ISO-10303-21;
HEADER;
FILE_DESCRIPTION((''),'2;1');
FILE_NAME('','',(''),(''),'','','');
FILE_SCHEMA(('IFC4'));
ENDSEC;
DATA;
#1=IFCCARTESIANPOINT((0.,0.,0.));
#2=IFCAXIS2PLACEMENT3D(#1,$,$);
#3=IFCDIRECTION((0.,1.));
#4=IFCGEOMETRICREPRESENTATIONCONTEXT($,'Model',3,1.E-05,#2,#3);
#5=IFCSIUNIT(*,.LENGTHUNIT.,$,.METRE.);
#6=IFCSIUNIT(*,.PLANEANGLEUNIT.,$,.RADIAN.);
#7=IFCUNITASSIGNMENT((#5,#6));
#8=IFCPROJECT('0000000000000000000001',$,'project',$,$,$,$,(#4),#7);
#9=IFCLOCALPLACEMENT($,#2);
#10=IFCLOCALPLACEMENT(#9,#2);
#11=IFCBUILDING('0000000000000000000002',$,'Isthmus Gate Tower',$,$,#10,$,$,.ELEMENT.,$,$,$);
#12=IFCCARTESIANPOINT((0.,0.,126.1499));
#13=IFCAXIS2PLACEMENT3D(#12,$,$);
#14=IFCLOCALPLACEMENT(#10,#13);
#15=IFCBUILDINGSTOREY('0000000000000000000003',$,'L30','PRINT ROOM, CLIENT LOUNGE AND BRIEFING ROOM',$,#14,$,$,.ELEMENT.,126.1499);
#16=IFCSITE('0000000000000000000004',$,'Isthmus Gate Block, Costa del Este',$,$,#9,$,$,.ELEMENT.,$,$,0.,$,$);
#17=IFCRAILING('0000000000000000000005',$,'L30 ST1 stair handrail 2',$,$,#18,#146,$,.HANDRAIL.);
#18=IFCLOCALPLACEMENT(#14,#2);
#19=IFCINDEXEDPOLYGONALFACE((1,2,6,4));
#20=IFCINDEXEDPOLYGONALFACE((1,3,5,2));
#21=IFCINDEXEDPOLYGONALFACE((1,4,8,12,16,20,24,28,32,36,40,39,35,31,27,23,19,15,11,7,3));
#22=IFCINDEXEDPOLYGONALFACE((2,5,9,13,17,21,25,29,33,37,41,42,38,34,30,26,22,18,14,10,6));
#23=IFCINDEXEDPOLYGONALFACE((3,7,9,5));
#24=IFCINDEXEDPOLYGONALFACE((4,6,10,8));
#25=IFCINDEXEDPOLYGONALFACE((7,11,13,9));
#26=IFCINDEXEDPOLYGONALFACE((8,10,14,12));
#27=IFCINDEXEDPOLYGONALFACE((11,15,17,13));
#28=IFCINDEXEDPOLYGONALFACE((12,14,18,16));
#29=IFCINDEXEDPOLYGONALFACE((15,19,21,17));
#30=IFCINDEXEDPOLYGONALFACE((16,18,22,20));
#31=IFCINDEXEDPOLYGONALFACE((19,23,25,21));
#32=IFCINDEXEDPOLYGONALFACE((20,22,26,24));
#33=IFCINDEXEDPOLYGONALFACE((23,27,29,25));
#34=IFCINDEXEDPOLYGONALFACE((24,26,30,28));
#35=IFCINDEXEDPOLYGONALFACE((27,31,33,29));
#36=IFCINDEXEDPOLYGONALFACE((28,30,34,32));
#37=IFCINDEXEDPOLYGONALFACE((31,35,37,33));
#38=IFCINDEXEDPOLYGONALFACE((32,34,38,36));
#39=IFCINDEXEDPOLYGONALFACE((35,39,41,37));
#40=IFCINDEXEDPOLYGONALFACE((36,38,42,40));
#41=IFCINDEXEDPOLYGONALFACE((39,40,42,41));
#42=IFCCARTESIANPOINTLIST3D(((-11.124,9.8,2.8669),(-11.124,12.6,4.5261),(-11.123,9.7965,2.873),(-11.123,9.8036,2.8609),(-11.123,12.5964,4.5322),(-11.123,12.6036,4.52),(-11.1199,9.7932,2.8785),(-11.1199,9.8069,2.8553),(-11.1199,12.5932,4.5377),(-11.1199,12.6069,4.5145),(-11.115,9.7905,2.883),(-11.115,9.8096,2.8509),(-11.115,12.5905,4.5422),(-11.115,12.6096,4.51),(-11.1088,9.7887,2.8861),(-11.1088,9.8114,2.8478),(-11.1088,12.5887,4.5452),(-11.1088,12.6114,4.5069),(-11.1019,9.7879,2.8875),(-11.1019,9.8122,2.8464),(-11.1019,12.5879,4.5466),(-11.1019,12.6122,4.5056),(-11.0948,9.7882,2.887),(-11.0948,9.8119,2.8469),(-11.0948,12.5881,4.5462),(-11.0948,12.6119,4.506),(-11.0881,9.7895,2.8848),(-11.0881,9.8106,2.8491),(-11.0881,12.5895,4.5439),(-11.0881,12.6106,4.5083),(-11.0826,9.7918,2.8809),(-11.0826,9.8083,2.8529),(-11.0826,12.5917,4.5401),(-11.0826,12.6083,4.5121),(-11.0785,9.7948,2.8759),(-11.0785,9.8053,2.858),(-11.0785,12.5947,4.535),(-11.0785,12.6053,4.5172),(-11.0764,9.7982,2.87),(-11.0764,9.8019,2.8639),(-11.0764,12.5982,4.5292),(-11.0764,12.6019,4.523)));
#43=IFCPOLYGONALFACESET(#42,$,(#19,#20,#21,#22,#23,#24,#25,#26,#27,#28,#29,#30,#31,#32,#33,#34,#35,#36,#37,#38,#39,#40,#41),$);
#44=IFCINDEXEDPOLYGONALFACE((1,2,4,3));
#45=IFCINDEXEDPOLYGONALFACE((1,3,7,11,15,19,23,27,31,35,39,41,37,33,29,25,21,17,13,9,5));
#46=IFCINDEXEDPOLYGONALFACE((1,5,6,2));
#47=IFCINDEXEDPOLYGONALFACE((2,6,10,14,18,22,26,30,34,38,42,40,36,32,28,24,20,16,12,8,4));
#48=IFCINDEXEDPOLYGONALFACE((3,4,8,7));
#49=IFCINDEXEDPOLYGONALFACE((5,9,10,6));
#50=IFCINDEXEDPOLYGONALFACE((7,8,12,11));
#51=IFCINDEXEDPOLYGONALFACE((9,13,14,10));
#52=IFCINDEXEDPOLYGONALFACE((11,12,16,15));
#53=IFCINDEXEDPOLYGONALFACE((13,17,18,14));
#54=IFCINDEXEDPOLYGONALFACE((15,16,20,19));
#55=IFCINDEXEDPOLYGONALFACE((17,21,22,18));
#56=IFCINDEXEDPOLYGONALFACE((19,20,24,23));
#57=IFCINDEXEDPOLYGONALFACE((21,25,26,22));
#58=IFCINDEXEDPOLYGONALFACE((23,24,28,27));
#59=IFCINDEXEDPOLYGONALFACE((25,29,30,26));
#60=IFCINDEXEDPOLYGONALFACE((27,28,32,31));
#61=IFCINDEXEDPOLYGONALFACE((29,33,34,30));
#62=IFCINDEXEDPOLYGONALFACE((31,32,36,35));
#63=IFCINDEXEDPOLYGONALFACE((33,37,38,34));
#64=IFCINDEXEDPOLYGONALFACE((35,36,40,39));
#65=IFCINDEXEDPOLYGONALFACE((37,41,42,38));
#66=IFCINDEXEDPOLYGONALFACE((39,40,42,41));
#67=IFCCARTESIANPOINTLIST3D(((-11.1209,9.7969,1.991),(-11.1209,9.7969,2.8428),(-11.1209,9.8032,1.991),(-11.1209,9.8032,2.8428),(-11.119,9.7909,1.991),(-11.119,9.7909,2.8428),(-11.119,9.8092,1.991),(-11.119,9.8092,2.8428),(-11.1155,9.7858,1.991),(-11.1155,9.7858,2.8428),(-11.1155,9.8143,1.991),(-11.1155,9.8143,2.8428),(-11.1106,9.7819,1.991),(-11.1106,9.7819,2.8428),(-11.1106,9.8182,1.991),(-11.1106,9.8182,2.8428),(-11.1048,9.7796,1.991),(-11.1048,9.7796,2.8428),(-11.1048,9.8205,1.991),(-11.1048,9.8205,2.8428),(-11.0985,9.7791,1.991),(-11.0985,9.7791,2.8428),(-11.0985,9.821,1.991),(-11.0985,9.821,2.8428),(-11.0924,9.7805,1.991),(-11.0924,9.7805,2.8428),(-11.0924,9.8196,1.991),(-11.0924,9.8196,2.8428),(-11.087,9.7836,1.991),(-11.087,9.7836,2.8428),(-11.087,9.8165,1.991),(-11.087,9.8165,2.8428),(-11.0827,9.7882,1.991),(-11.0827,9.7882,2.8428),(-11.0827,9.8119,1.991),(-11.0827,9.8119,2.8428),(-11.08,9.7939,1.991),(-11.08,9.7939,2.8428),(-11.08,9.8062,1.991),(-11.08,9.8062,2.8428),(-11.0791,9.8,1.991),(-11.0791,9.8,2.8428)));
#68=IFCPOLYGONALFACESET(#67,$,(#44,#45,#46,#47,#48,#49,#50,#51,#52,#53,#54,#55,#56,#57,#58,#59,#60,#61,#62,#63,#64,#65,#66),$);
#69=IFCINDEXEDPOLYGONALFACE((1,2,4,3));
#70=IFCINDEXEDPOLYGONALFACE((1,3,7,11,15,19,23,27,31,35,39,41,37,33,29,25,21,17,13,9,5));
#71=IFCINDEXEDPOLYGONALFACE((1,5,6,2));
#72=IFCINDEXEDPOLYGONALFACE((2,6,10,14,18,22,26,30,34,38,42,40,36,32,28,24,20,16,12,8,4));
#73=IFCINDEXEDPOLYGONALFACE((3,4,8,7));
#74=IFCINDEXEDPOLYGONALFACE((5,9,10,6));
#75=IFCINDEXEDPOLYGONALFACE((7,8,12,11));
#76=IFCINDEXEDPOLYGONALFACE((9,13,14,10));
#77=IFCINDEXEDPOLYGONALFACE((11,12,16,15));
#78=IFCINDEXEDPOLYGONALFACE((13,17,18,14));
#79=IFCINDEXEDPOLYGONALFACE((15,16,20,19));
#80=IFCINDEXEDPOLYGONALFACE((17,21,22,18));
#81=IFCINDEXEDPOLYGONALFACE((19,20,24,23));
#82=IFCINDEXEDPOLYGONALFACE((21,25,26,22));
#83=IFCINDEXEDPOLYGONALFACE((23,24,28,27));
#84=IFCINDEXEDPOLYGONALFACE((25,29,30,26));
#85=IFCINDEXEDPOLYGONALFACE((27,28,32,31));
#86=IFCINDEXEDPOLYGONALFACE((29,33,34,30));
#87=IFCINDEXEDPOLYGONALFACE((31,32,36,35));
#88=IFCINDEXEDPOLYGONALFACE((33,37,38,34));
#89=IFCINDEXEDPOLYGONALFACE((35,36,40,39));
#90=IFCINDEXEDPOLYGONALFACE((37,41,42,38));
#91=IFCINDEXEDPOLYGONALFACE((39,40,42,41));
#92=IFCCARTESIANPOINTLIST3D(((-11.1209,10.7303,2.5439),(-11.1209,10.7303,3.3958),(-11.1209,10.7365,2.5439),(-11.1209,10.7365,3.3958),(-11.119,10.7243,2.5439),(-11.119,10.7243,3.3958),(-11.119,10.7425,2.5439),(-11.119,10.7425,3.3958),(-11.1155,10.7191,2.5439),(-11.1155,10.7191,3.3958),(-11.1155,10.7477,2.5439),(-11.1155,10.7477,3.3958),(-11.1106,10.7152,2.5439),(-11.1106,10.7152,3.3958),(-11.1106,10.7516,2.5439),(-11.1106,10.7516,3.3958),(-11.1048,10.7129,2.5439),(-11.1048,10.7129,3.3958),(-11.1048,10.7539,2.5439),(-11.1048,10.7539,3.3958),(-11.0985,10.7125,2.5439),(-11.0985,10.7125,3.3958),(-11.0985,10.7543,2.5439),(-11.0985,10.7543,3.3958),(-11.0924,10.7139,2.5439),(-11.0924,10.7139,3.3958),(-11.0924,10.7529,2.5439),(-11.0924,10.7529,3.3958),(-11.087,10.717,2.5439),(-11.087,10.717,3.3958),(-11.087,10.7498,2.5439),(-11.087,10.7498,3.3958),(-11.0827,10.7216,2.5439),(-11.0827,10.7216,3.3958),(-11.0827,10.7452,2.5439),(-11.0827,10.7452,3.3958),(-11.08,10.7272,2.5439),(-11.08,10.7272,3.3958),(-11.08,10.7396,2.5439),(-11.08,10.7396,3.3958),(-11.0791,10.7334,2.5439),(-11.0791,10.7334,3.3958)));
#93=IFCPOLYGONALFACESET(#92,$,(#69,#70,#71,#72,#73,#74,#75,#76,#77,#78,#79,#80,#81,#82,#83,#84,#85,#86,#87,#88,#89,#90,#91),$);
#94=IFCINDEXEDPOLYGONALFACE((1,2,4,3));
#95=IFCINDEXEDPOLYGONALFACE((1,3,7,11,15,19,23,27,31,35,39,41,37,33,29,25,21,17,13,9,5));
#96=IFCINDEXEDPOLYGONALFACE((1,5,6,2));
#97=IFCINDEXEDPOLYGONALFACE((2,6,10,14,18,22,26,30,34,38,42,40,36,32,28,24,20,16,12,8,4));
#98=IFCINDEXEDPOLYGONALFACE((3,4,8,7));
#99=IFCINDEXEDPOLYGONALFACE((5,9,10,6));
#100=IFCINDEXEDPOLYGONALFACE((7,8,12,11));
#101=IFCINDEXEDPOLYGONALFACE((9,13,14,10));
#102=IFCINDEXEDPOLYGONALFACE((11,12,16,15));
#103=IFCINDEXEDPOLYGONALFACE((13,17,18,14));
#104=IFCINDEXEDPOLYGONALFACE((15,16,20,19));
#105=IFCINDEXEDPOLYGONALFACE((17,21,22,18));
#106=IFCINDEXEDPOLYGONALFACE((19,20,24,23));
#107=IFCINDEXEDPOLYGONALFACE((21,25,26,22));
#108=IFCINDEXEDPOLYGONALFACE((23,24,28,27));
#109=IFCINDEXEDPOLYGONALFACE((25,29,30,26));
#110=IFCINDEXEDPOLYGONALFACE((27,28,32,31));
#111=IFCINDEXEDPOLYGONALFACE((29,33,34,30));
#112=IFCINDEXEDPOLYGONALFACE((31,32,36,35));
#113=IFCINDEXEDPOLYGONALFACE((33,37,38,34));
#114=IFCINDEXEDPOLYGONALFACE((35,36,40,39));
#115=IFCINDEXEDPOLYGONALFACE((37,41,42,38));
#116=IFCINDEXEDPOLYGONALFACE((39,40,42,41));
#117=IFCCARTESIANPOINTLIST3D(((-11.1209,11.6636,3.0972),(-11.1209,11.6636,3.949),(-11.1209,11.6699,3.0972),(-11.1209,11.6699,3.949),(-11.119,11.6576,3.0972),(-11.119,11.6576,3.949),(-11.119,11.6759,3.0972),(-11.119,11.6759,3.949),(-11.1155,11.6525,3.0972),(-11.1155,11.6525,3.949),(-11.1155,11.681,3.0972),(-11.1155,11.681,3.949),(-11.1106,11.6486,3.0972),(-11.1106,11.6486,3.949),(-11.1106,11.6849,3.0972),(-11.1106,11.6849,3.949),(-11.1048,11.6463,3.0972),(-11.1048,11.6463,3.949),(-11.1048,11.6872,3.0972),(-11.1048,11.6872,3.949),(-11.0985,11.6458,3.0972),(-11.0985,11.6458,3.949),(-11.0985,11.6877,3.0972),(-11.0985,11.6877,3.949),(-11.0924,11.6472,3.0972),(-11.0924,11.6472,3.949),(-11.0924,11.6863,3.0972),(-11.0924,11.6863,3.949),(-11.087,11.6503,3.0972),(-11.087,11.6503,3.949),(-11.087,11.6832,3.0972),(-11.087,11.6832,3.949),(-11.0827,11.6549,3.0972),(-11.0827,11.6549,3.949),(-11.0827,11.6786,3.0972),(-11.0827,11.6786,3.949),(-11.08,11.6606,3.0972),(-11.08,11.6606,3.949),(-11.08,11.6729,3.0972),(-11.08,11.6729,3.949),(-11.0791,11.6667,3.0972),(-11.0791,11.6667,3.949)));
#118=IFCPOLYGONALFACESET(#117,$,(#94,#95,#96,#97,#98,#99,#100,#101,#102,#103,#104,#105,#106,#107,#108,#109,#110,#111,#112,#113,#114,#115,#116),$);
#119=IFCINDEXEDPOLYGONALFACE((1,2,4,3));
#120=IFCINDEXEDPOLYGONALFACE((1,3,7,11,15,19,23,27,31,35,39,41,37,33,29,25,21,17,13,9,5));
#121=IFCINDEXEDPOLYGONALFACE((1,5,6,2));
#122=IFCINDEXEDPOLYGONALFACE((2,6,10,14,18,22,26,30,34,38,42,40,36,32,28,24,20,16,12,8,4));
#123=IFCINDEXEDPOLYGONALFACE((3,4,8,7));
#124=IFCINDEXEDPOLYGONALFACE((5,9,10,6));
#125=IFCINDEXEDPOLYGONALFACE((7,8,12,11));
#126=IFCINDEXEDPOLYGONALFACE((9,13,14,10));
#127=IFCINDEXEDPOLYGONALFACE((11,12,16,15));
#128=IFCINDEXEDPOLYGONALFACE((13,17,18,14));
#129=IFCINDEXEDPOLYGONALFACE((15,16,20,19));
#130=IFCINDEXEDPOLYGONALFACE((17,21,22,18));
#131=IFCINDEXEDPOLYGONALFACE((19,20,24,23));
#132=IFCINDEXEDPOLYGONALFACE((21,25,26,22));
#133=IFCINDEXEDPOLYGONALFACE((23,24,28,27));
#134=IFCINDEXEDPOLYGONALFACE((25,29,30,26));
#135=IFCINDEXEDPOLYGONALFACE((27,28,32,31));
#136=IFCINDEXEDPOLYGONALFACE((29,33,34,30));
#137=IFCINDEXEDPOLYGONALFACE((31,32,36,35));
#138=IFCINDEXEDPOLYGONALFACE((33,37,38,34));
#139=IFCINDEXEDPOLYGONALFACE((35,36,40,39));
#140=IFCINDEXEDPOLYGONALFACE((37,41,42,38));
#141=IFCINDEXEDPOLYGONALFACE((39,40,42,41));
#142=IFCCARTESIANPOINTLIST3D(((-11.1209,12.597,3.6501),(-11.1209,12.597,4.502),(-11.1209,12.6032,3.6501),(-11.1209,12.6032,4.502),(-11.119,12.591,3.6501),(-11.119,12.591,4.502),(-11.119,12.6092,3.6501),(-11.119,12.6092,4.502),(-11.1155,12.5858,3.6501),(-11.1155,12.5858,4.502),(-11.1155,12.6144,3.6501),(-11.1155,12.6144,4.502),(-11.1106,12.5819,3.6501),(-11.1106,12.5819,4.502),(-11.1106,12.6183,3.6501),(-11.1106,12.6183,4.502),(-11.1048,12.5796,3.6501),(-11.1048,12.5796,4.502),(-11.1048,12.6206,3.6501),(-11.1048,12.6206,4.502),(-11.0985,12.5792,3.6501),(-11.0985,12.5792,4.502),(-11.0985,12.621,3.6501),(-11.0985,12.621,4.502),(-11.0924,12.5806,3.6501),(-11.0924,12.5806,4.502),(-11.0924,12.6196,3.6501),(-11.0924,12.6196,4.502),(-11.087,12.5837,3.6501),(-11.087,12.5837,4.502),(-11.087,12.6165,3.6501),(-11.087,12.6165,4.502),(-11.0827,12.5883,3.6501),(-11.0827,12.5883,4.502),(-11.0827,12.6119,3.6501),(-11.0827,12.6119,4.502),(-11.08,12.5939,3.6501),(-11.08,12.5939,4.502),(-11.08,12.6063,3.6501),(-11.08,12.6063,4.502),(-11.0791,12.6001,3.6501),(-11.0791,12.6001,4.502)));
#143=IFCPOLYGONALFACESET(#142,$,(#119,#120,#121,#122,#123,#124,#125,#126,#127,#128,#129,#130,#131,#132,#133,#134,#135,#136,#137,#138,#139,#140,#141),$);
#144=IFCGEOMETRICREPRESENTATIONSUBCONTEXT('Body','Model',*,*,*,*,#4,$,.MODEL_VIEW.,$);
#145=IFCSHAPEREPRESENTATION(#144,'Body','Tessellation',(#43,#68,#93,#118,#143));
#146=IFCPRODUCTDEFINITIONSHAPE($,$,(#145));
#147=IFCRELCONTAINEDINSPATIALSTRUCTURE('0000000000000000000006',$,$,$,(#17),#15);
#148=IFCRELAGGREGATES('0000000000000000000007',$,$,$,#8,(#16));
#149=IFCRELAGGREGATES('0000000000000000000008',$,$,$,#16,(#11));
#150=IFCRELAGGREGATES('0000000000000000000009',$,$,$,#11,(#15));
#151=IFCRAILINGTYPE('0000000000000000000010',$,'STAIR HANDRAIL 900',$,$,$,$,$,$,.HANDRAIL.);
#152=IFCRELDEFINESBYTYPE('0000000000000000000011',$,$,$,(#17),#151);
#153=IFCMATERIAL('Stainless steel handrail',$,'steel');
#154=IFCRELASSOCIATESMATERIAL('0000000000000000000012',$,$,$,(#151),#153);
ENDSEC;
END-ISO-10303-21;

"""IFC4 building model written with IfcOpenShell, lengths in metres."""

from ifc_helpers import new_model, si_unit, direction, frame, origin, origin_2d, place, context, subcontext, project, spatial, circle, extrude, material, type_object, element, save


model = new_model("IFC4")

# Units and contexts
model_context = context("Model", 3, precision=1e-05, world=origin(), true_north=direction((0.0, 1.0)))
body_context = subcontext(model_context, "Body", "Model", "MODEL_VIEW")
ifc_project = project(units=[si_unit("LENGTHUNIT", "METRE"), si_unit("PLANEANGLEUNIT", "RADIAN")], contexts=[model_context])

# Site, building, storey
site_placement = place(None, origin())
site = spatial("IfcSite", under=ifc_project, at=site_placement, Name="Isthmus Gate Block, Costa del Este", CompositionType="ELEMENT", RefElevation=0.0)
building_placement = place(site_placement, origin())
building = spatial("IfcBuilding", under=site, at=building_placement, Name="Isthmus Gate Tower", CompositionType="ELEMENT")
storey_placement = place(building_placement, frame((0.0, 0.0, 126.1499)))
storey = spatial("IfcBuildingStorey", under=building, at=storey_placement, Name="L30", Description="PRINT ROOM, CLIENT LOUNGE AND BRIEFING ROOM", CompositionType="ELEMENT", Elevation=126.1499)

# Railing
ifc_material_1 = material(Name="Stainless steel handrail", Category="steel")
railing_type_1 = type_object("IfcRailingType", Name="STAIR HANDRAIL 900", PredefinedType="HANDRAIL", material=ifc_material_1)
for number, where, name in (
    (1, (-11.1001, 9.8, 1.991), "L30 ST1 stair handrail 2"),
):
    element("IfcRailing", number, at=place(storey_placement, frame(where)), inside=storey, type_object=railing_type_1, Name=name, PredefinedType="HANDRAIL", context=body_context, shape_type="SweptSolid", body=[
        extrude(circle(Radius=0.0239, at=origin_2d()), frame((0.0, 0.0, 0.876), z_axis=(0.0, 0.860306, 0.509778), x_axis=(-1.0, 0.0, 0.0)), (0.0, 0.0, 1.0), 3.2546),
        extrude(circle(Radius=0.021, at=origin_2d()), origin(), (0.0, 0.0, 1.0), 0.8518),
        extrude(circle(Radius=0.021, at=origin_2d()), frame((0.0, 0.9333, 0.553)), (0.0, 0.0, 1.0), 0.8518),
        extrude(circle(Radius=0.021, at=origin_2d()), frame((0.0, 1.8667, 1.1062)), (0.0, 0.0, 1.0), 0.8518),
        extrude(circle(Radius=0.021, at=origin_2d()), frame((0.0, 2.8, 1.6592)), (0.0, 0.0, 1.0), 0.8518),
    ])

save(model, "model.ifc")
